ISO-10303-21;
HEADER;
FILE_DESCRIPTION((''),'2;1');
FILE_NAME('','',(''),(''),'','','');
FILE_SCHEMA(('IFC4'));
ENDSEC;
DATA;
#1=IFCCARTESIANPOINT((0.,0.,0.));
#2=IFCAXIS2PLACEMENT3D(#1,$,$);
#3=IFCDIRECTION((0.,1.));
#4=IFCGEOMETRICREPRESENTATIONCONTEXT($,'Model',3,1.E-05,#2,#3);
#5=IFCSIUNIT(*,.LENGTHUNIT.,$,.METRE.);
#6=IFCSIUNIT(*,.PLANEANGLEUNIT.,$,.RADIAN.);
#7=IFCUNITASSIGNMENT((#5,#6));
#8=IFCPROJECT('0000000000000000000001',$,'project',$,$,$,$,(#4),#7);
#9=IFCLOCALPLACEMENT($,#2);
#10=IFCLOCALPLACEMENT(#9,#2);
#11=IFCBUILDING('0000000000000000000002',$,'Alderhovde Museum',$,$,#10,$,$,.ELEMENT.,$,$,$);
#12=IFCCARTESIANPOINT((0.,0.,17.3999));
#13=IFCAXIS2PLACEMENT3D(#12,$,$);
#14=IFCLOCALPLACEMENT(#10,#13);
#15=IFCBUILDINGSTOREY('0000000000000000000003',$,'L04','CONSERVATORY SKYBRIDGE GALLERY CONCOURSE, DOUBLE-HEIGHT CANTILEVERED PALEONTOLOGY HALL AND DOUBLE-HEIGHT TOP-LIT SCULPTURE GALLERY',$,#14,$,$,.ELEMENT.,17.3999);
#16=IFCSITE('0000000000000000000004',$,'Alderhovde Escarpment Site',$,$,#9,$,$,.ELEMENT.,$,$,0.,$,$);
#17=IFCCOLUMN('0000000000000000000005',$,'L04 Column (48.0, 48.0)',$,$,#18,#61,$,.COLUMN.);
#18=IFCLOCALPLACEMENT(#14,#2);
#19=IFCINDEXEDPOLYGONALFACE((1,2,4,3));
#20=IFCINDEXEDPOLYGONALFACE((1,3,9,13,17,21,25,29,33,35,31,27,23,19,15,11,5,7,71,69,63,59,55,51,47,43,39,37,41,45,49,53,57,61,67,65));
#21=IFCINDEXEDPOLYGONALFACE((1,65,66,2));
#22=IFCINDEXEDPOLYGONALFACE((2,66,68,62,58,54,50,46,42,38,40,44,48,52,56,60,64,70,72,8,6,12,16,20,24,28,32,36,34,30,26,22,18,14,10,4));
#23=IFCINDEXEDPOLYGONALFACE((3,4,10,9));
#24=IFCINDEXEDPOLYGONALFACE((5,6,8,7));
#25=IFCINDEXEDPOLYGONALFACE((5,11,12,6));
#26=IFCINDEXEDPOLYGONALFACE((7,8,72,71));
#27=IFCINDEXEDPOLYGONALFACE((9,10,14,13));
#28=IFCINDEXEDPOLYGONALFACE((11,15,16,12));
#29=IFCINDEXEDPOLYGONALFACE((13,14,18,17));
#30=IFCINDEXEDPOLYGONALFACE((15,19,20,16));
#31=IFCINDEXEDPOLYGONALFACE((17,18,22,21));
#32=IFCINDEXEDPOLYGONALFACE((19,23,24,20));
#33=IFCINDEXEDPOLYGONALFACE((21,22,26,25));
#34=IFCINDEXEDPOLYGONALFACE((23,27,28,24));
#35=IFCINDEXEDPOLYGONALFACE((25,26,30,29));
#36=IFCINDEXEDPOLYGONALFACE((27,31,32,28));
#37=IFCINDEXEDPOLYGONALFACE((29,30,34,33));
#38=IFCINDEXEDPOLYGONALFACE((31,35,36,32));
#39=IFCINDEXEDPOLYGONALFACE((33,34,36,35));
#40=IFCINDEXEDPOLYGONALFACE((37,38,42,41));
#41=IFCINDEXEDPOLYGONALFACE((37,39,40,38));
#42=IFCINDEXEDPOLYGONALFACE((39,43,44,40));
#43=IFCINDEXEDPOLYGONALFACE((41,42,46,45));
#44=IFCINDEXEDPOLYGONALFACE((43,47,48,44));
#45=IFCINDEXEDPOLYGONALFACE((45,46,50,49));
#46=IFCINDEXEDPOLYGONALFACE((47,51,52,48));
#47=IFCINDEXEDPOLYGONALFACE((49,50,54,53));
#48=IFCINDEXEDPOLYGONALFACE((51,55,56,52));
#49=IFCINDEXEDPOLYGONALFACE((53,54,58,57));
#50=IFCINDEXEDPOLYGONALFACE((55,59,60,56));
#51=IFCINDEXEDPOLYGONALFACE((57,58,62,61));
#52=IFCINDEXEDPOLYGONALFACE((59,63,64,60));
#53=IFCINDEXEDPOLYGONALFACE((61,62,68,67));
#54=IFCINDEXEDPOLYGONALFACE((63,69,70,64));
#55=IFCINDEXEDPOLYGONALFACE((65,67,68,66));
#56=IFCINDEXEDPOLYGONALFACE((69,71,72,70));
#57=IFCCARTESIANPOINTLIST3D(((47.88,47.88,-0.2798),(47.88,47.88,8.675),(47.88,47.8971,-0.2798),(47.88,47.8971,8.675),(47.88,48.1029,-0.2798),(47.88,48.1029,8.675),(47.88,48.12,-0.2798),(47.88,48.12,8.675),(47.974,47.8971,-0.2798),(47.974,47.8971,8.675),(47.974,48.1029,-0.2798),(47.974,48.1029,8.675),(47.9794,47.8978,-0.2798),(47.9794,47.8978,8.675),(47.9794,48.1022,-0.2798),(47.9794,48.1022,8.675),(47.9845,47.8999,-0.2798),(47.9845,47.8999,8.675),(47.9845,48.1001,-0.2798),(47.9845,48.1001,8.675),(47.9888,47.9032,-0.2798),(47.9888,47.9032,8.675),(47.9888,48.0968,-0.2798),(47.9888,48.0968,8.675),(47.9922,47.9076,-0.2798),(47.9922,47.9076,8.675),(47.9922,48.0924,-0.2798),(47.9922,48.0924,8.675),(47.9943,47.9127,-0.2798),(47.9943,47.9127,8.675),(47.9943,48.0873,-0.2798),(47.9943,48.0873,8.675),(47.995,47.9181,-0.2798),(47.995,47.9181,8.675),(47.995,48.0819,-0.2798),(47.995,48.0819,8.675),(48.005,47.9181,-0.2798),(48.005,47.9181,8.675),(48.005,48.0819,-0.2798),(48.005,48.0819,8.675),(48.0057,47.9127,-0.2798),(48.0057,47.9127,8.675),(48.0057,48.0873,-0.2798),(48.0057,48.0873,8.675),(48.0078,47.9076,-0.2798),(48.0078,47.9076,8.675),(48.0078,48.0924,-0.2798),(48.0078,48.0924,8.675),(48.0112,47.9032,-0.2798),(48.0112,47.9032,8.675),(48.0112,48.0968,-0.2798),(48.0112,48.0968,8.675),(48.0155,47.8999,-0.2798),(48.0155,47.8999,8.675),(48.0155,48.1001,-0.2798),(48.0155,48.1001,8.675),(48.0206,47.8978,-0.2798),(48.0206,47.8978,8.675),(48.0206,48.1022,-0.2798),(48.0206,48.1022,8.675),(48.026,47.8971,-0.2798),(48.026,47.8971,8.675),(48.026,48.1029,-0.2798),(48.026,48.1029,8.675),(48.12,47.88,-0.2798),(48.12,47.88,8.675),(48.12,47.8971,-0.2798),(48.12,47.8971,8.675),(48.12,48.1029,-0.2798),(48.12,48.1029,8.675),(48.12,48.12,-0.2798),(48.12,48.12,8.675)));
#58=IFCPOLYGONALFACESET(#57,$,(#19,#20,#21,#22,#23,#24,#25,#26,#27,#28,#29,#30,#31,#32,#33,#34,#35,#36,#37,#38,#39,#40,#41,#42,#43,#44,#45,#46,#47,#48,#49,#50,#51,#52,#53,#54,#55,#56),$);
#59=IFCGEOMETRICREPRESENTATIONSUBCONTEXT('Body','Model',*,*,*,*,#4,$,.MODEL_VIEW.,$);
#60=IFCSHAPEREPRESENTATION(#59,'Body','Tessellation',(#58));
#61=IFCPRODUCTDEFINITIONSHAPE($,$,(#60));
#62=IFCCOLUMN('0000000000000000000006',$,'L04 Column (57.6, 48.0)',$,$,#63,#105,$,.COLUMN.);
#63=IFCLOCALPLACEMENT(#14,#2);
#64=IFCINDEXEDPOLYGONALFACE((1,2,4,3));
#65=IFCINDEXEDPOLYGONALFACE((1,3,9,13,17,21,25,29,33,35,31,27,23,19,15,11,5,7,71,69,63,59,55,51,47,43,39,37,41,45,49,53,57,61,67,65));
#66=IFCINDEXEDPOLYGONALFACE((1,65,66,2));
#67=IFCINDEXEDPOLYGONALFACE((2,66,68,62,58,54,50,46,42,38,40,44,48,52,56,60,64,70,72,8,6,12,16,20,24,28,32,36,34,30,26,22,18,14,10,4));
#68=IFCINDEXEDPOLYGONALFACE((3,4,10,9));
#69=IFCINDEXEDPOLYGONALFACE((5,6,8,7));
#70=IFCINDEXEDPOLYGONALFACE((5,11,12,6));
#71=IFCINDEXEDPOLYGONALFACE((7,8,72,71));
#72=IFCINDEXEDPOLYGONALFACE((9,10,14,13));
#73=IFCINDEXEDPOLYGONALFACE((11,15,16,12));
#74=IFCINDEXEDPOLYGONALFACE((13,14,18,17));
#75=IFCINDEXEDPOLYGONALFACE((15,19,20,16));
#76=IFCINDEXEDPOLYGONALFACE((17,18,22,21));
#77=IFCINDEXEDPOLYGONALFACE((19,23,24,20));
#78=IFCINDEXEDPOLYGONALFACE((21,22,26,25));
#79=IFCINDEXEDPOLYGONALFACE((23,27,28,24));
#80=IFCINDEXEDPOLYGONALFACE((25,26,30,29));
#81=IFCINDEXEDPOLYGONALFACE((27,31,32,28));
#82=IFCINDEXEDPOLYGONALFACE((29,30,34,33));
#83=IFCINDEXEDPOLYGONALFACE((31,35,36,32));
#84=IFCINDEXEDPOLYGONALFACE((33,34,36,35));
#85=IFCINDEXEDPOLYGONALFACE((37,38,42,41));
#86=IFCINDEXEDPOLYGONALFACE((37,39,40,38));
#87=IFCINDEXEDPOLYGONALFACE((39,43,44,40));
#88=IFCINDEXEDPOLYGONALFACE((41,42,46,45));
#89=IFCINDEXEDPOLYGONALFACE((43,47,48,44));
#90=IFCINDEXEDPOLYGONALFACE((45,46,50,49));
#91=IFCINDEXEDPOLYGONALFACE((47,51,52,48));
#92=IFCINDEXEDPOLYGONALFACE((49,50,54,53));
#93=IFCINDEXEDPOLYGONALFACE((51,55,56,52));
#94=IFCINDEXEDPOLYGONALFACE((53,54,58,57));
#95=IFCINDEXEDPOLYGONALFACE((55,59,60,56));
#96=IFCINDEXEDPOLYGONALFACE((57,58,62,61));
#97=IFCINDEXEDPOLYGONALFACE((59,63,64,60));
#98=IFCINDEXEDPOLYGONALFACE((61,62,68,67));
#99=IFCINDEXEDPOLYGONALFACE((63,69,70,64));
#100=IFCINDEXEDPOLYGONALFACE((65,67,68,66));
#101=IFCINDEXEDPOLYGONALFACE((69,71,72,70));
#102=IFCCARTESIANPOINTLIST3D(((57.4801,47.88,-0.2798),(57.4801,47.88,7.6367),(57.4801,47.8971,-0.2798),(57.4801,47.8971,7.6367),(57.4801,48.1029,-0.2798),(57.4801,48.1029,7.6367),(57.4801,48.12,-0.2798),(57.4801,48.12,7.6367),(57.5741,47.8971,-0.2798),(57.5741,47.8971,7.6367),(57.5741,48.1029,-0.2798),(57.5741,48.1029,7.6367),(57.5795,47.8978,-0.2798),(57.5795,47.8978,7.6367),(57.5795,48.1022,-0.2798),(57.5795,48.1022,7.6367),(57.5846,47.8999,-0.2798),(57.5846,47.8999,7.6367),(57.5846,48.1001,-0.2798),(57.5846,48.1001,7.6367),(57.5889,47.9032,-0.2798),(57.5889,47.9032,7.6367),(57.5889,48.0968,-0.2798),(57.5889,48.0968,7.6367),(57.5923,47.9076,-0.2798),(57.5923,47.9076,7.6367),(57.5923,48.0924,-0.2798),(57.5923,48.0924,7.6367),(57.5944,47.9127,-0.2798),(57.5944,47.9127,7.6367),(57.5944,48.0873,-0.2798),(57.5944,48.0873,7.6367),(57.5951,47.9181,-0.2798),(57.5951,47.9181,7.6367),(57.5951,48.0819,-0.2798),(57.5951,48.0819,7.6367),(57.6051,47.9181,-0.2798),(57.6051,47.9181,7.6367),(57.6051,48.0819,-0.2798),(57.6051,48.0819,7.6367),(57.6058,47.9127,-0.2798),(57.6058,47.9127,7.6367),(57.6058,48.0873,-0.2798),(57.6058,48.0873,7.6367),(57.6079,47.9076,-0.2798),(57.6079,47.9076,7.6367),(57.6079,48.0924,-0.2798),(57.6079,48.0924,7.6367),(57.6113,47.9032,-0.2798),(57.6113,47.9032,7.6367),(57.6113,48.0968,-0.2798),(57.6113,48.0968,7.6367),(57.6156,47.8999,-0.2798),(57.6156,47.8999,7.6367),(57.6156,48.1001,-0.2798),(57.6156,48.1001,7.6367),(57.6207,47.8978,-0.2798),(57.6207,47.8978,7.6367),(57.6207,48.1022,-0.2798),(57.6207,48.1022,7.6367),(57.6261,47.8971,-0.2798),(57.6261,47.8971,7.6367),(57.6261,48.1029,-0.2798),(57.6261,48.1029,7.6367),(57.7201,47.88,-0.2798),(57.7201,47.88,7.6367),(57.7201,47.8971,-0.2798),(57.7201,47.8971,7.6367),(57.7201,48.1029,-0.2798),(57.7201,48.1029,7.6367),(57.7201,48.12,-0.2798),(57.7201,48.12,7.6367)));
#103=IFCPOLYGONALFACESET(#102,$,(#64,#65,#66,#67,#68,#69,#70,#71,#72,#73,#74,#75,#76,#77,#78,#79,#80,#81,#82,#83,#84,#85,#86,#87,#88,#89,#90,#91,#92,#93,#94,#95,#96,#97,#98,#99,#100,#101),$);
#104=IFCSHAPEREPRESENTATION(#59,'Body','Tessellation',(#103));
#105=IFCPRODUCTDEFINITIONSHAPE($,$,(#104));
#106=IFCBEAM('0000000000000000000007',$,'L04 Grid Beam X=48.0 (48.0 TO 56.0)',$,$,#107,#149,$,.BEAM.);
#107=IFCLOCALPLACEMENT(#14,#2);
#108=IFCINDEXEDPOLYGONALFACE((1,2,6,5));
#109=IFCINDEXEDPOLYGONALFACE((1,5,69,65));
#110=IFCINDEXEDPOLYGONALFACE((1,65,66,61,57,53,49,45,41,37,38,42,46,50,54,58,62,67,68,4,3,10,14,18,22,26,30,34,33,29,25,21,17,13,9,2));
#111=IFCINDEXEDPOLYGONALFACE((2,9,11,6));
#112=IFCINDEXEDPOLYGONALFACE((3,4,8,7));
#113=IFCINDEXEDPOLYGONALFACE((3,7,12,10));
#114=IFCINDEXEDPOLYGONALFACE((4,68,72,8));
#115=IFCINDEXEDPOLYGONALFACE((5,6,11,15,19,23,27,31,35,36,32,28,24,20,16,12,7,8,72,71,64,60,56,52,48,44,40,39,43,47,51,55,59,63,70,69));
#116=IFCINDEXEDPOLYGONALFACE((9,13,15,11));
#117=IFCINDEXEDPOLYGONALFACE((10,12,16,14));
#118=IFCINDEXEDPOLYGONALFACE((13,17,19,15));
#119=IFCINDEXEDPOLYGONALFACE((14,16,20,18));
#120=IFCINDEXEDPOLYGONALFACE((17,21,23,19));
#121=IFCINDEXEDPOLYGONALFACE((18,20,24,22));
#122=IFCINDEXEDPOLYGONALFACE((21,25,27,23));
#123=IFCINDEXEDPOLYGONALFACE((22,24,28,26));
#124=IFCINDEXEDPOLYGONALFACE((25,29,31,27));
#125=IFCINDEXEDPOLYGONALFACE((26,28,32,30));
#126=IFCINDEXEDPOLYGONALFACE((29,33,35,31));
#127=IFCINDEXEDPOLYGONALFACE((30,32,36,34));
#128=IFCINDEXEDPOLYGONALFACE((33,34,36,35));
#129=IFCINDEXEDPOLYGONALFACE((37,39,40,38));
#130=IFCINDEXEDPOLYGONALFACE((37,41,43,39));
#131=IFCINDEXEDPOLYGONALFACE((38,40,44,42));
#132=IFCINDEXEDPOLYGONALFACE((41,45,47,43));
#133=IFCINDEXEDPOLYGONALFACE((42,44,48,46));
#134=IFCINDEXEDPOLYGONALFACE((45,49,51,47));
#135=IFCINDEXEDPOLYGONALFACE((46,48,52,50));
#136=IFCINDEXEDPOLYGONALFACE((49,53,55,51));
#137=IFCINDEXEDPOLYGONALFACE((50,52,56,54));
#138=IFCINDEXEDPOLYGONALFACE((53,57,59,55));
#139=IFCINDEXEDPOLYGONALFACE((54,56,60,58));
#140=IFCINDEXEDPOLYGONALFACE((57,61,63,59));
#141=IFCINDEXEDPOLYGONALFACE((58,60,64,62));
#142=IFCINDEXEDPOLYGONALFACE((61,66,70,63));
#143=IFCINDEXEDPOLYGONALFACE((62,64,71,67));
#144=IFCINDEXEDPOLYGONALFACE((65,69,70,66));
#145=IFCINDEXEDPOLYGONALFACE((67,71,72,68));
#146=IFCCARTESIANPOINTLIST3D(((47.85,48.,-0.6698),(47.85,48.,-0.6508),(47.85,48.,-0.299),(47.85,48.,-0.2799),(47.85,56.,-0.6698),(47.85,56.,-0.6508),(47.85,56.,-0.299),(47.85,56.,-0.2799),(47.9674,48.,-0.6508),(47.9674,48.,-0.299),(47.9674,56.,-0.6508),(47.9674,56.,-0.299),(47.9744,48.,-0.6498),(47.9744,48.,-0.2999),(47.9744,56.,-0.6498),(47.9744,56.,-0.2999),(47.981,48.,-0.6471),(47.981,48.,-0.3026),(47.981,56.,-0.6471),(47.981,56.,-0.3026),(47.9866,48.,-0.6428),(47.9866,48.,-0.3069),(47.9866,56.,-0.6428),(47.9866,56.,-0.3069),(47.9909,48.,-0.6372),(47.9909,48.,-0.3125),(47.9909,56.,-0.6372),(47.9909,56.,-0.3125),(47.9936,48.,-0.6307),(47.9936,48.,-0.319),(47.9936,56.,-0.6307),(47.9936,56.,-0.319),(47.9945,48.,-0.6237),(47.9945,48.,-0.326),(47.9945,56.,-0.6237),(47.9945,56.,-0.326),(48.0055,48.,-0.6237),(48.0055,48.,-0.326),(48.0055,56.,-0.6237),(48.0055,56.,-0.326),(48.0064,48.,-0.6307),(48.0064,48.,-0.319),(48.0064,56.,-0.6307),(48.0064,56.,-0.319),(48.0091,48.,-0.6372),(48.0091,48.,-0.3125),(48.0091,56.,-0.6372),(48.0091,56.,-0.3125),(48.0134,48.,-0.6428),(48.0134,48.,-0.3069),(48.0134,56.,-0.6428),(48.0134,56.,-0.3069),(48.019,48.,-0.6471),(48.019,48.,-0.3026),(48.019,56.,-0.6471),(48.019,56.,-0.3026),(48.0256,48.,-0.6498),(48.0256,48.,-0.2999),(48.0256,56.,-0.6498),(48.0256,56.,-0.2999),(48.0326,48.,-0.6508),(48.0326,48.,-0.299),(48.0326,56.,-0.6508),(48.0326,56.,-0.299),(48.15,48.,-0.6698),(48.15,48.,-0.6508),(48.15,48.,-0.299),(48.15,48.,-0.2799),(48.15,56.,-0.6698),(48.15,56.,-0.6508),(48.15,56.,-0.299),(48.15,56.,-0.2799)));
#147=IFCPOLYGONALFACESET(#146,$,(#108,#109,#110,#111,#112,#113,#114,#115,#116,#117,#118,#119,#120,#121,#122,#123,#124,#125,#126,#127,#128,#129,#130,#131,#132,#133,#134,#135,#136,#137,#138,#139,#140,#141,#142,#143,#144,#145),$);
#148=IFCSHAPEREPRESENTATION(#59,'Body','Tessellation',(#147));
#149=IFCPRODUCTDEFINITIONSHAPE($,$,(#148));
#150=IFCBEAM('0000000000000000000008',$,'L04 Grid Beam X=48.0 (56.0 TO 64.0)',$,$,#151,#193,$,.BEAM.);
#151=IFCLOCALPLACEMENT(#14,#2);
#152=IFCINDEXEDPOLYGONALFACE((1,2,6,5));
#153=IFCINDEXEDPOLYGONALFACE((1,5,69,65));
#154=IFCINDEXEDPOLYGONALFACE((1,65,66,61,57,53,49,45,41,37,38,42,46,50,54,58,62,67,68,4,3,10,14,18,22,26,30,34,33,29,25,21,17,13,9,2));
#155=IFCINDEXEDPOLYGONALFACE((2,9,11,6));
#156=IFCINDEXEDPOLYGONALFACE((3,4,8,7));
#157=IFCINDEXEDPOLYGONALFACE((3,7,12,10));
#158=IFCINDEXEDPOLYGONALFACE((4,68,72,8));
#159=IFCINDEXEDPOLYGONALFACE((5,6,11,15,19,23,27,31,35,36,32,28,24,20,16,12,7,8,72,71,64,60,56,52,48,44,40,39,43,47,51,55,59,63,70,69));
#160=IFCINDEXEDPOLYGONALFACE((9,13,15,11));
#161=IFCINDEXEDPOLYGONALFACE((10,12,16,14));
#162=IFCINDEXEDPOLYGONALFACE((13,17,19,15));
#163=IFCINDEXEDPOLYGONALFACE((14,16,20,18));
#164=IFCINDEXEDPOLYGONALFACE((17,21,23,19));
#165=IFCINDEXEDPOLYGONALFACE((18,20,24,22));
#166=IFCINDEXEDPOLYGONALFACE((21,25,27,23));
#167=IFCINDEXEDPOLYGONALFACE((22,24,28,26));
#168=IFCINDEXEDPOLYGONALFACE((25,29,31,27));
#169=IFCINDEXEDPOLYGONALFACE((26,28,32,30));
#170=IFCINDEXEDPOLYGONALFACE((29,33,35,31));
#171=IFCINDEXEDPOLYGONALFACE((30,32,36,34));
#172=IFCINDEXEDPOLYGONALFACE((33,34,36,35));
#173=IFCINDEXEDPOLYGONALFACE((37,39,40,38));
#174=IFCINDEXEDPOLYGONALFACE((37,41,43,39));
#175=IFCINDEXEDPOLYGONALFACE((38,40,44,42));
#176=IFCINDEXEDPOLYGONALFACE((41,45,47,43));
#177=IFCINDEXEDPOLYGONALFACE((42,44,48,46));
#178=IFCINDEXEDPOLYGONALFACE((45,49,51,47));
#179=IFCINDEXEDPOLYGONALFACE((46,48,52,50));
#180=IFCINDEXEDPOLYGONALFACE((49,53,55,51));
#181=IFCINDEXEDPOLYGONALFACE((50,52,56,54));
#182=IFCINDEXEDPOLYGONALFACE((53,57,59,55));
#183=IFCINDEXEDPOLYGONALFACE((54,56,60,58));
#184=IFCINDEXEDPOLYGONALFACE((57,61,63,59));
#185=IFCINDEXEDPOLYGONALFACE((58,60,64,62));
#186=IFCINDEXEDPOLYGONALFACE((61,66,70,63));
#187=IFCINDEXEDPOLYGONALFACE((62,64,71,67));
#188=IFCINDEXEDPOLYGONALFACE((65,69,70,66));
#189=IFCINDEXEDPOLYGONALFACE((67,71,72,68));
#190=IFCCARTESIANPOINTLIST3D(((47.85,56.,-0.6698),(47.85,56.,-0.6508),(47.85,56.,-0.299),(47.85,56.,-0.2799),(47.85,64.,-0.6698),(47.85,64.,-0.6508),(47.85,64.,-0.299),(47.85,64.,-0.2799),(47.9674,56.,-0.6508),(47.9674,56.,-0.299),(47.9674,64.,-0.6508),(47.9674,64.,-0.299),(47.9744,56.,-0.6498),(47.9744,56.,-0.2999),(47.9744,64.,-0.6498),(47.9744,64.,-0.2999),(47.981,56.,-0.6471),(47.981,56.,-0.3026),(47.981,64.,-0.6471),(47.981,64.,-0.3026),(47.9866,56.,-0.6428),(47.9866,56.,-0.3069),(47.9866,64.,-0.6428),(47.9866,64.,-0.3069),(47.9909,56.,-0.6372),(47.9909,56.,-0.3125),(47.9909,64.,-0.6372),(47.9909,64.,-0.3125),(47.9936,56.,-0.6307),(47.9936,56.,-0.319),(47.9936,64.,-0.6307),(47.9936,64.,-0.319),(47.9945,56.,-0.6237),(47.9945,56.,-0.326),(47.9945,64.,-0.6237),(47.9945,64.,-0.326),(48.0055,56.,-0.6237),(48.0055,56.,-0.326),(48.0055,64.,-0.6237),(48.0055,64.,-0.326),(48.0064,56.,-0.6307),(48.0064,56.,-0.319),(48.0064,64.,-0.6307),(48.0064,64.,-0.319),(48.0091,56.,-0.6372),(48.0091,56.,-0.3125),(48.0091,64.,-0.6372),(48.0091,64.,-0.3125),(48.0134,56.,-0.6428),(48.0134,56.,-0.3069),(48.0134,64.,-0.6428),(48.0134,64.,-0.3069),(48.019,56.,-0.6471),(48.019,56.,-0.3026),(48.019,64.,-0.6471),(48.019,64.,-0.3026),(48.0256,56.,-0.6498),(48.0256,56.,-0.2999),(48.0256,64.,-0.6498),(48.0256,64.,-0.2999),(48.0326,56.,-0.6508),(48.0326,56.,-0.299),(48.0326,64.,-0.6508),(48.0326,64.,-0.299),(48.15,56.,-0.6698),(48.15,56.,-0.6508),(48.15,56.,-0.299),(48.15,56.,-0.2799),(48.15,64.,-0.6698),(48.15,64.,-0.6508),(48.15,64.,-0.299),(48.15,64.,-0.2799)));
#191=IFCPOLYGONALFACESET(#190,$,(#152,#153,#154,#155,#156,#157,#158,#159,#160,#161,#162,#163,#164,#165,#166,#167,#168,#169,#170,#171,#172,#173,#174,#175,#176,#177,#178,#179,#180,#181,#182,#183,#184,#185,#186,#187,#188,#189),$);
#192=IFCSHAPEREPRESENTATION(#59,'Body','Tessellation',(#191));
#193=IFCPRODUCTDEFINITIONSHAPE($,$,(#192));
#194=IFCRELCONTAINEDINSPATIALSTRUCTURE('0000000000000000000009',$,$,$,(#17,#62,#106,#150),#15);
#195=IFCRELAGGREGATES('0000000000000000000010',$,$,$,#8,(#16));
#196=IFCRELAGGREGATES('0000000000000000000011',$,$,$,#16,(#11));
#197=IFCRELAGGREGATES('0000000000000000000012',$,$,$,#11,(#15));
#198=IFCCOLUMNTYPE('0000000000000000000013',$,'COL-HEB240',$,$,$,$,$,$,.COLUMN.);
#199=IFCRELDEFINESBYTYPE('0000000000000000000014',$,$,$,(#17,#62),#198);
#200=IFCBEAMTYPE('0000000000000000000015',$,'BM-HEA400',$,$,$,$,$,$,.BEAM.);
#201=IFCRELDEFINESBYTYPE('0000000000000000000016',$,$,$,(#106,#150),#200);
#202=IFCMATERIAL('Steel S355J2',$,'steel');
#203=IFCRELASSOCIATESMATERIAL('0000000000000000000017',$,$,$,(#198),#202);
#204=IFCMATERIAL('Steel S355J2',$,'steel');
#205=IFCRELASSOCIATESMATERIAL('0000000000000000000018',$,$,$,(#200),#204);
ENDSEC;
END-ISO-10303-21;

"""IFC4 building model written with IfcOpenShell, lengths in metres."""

from ifc_helpers import new_model, si_unit, direction, frame, origin, origin_2d, place, context, subcontext, project, spatial, i_section, extrude, material, material_profile, profile_set, type_object, element, save


model = new_model("IFC4")

# Units and contexts
model_context = context("Model", 3, precision=1e-05, world=origin(), true_north=direction((0.0, 1.0)))
body_context = subcontext(model_context, "Body", "Model", "MODEL_VIEW")
ifc_project = project(units=[si_unit("LENGTHUNIT", "METRE"), si_unit("PLANEANGLEUNIT", "RADIAN")], contexts=[model_context])

# Site, building, storey
site_placement = place(None, origin())
site = spatial("IfcSite", under=ifc_project, at=site_placement, Name="Alderhovde Escarpment Site", CompositionType="ELEMENT", RefElevation=0.0)
building_placement = place(site_placement, origin())
building = spatial("IfcBuilding", under=site, at=building_placement, Name="Alderhovde Museum", CompositionType="ELEMENT")
storey_placement = place(building_placement, frame((0.0, 0.0, 17.3999)))
storey = spatial("IfcBuildingStorey", under=building, at=storey_placement, Name="L04", Description="CONSERVATORY SKYBRIDGE GALLERY CONCOURSE, DOUBLE-HEIGHT CANTILEVERED PALEONTOLOGY HALL AND DOUBLE-HEIGHT TOP-LIT SCULPTURE GALLERY", CompositionType="ELEMENT", Elevation=17.3999)

# Columns
ifc_material_1 = material(Name="Steel S355J2", Category="steel")
ifc_material_profile_1 = material_profile(ifc_material_1, i_section(OverallWidth=0.24, OverallDepth=0.24, WebThickness=0.01, FlangeThickness=0.0171, FilletRadius=0.021, at=origin_2d()), Name="HEB 240")
ifc_profile_set_1 = profile_set([ifc_material_profile_1], Name="Steel S355J2")
column_type = type_object("IfcColumnType", Name="COL-HEB240", PredefinedType="COLUMN", material=ifc_profile_set_1)
column_1_placement = place(storey_placement, frame((48.0, 48.0, -0.2798), z_axis=(0.0, 0.0, 1.0), x_axis=(1.0, 0.0, 0.0)))
element("IfcColumn", 1, at=column_1_placement, inside=storey, type_object=column_type, Name="L04 Column (48.0, 48.0)", PredefinedType="COLUMN", context=body_context, shape_type="SweptSolid", body=[
    extrude(i_section(OverallWidth=0.24, OverallDepth=0.24, WebThickness=0.01, FlangeThickness=0.0171, FilletRadius=0.021, at=origin_2d()), origin(), (0.0, 0.0, 1.0), 8.9548),
])
column_2_placement = place(storey_placement, frame((57.6001, 48.0, -0.2798), z_axis=(0.0, 0.0, 1.0), x_axis=(1.0, 0.0, 0.0)))
element("IfcColumn", 2, at=column_2_placement, inside=storey, type_object=column_type, Name="L04 Column (57.6, 48.0)", PredefinedType="COLUMN", context=body_context, shape_type="SweptSolid", body=[
    extrude(i_section(OverallWidth=0.24, OverallDepth=0.24, WebThickness=0.01, FlangeThickness=0.0171, FilletRadius=0.021, at=origin_2d()), origin(), (0.0, 0.0, 1.0), 7.9165),
])

# Beams
ifc_material_2 = material(Name="Steel S355J2", Category="steel")
ifc_material_profile_2 = material_profile(ifc_material_2, i_section(OverallWidth=0.3, OverallDepth=0.3899, WebThickness=0.011, FlangeThickness=0.019, FilletRadius=0.0271, at=origin_2d()), Name="HEA 400")
ifc_profile_set_2 = profile_set([ifc_material_profile_2], Name="Steel S355J2")
beam_type_1 = type_object("IfcBeamType", Name="BM-HEA400", PredefinedType="BEAM", material=ifc_profile_set_2)
for number, where, z_axis, x_axis, name in (
    (3, (48.0, 48.0, -0.4749), (0.0, 1.0, 0.0), (-1.0, 0.0, 0.0), "L04 Grid Beam X=48.0 (48.0 TO 56.0)"),
    (4, (48.0, 56.0, -0.4749), (0.0, 1.0, 0.0), (-1.0, 0.0, 0.0), "L04 Grid Beam X=48.0 (56.0 TO 64.0)"),
):
    element("IfcBeam", number, at=place(storey_placement, frame(where, z_axis=z_axis, x_axis=x_axis)), inside=storey, type_object=beam_type_1, Name=name, PredefinedType="BEAM", context=body_context, shape_type="SweptSolid", body=[
        extrude(i_section(OverallWidth=0.3, OverallDepth=0.3899, WebThickness=0.011, FlangeThickness=0.019, FilletRadius=0.0271, at=origin_2d()), origin(), (0.0, 0.0, 1.0), 8.0),
    ])

save(model, "model.ifc")
